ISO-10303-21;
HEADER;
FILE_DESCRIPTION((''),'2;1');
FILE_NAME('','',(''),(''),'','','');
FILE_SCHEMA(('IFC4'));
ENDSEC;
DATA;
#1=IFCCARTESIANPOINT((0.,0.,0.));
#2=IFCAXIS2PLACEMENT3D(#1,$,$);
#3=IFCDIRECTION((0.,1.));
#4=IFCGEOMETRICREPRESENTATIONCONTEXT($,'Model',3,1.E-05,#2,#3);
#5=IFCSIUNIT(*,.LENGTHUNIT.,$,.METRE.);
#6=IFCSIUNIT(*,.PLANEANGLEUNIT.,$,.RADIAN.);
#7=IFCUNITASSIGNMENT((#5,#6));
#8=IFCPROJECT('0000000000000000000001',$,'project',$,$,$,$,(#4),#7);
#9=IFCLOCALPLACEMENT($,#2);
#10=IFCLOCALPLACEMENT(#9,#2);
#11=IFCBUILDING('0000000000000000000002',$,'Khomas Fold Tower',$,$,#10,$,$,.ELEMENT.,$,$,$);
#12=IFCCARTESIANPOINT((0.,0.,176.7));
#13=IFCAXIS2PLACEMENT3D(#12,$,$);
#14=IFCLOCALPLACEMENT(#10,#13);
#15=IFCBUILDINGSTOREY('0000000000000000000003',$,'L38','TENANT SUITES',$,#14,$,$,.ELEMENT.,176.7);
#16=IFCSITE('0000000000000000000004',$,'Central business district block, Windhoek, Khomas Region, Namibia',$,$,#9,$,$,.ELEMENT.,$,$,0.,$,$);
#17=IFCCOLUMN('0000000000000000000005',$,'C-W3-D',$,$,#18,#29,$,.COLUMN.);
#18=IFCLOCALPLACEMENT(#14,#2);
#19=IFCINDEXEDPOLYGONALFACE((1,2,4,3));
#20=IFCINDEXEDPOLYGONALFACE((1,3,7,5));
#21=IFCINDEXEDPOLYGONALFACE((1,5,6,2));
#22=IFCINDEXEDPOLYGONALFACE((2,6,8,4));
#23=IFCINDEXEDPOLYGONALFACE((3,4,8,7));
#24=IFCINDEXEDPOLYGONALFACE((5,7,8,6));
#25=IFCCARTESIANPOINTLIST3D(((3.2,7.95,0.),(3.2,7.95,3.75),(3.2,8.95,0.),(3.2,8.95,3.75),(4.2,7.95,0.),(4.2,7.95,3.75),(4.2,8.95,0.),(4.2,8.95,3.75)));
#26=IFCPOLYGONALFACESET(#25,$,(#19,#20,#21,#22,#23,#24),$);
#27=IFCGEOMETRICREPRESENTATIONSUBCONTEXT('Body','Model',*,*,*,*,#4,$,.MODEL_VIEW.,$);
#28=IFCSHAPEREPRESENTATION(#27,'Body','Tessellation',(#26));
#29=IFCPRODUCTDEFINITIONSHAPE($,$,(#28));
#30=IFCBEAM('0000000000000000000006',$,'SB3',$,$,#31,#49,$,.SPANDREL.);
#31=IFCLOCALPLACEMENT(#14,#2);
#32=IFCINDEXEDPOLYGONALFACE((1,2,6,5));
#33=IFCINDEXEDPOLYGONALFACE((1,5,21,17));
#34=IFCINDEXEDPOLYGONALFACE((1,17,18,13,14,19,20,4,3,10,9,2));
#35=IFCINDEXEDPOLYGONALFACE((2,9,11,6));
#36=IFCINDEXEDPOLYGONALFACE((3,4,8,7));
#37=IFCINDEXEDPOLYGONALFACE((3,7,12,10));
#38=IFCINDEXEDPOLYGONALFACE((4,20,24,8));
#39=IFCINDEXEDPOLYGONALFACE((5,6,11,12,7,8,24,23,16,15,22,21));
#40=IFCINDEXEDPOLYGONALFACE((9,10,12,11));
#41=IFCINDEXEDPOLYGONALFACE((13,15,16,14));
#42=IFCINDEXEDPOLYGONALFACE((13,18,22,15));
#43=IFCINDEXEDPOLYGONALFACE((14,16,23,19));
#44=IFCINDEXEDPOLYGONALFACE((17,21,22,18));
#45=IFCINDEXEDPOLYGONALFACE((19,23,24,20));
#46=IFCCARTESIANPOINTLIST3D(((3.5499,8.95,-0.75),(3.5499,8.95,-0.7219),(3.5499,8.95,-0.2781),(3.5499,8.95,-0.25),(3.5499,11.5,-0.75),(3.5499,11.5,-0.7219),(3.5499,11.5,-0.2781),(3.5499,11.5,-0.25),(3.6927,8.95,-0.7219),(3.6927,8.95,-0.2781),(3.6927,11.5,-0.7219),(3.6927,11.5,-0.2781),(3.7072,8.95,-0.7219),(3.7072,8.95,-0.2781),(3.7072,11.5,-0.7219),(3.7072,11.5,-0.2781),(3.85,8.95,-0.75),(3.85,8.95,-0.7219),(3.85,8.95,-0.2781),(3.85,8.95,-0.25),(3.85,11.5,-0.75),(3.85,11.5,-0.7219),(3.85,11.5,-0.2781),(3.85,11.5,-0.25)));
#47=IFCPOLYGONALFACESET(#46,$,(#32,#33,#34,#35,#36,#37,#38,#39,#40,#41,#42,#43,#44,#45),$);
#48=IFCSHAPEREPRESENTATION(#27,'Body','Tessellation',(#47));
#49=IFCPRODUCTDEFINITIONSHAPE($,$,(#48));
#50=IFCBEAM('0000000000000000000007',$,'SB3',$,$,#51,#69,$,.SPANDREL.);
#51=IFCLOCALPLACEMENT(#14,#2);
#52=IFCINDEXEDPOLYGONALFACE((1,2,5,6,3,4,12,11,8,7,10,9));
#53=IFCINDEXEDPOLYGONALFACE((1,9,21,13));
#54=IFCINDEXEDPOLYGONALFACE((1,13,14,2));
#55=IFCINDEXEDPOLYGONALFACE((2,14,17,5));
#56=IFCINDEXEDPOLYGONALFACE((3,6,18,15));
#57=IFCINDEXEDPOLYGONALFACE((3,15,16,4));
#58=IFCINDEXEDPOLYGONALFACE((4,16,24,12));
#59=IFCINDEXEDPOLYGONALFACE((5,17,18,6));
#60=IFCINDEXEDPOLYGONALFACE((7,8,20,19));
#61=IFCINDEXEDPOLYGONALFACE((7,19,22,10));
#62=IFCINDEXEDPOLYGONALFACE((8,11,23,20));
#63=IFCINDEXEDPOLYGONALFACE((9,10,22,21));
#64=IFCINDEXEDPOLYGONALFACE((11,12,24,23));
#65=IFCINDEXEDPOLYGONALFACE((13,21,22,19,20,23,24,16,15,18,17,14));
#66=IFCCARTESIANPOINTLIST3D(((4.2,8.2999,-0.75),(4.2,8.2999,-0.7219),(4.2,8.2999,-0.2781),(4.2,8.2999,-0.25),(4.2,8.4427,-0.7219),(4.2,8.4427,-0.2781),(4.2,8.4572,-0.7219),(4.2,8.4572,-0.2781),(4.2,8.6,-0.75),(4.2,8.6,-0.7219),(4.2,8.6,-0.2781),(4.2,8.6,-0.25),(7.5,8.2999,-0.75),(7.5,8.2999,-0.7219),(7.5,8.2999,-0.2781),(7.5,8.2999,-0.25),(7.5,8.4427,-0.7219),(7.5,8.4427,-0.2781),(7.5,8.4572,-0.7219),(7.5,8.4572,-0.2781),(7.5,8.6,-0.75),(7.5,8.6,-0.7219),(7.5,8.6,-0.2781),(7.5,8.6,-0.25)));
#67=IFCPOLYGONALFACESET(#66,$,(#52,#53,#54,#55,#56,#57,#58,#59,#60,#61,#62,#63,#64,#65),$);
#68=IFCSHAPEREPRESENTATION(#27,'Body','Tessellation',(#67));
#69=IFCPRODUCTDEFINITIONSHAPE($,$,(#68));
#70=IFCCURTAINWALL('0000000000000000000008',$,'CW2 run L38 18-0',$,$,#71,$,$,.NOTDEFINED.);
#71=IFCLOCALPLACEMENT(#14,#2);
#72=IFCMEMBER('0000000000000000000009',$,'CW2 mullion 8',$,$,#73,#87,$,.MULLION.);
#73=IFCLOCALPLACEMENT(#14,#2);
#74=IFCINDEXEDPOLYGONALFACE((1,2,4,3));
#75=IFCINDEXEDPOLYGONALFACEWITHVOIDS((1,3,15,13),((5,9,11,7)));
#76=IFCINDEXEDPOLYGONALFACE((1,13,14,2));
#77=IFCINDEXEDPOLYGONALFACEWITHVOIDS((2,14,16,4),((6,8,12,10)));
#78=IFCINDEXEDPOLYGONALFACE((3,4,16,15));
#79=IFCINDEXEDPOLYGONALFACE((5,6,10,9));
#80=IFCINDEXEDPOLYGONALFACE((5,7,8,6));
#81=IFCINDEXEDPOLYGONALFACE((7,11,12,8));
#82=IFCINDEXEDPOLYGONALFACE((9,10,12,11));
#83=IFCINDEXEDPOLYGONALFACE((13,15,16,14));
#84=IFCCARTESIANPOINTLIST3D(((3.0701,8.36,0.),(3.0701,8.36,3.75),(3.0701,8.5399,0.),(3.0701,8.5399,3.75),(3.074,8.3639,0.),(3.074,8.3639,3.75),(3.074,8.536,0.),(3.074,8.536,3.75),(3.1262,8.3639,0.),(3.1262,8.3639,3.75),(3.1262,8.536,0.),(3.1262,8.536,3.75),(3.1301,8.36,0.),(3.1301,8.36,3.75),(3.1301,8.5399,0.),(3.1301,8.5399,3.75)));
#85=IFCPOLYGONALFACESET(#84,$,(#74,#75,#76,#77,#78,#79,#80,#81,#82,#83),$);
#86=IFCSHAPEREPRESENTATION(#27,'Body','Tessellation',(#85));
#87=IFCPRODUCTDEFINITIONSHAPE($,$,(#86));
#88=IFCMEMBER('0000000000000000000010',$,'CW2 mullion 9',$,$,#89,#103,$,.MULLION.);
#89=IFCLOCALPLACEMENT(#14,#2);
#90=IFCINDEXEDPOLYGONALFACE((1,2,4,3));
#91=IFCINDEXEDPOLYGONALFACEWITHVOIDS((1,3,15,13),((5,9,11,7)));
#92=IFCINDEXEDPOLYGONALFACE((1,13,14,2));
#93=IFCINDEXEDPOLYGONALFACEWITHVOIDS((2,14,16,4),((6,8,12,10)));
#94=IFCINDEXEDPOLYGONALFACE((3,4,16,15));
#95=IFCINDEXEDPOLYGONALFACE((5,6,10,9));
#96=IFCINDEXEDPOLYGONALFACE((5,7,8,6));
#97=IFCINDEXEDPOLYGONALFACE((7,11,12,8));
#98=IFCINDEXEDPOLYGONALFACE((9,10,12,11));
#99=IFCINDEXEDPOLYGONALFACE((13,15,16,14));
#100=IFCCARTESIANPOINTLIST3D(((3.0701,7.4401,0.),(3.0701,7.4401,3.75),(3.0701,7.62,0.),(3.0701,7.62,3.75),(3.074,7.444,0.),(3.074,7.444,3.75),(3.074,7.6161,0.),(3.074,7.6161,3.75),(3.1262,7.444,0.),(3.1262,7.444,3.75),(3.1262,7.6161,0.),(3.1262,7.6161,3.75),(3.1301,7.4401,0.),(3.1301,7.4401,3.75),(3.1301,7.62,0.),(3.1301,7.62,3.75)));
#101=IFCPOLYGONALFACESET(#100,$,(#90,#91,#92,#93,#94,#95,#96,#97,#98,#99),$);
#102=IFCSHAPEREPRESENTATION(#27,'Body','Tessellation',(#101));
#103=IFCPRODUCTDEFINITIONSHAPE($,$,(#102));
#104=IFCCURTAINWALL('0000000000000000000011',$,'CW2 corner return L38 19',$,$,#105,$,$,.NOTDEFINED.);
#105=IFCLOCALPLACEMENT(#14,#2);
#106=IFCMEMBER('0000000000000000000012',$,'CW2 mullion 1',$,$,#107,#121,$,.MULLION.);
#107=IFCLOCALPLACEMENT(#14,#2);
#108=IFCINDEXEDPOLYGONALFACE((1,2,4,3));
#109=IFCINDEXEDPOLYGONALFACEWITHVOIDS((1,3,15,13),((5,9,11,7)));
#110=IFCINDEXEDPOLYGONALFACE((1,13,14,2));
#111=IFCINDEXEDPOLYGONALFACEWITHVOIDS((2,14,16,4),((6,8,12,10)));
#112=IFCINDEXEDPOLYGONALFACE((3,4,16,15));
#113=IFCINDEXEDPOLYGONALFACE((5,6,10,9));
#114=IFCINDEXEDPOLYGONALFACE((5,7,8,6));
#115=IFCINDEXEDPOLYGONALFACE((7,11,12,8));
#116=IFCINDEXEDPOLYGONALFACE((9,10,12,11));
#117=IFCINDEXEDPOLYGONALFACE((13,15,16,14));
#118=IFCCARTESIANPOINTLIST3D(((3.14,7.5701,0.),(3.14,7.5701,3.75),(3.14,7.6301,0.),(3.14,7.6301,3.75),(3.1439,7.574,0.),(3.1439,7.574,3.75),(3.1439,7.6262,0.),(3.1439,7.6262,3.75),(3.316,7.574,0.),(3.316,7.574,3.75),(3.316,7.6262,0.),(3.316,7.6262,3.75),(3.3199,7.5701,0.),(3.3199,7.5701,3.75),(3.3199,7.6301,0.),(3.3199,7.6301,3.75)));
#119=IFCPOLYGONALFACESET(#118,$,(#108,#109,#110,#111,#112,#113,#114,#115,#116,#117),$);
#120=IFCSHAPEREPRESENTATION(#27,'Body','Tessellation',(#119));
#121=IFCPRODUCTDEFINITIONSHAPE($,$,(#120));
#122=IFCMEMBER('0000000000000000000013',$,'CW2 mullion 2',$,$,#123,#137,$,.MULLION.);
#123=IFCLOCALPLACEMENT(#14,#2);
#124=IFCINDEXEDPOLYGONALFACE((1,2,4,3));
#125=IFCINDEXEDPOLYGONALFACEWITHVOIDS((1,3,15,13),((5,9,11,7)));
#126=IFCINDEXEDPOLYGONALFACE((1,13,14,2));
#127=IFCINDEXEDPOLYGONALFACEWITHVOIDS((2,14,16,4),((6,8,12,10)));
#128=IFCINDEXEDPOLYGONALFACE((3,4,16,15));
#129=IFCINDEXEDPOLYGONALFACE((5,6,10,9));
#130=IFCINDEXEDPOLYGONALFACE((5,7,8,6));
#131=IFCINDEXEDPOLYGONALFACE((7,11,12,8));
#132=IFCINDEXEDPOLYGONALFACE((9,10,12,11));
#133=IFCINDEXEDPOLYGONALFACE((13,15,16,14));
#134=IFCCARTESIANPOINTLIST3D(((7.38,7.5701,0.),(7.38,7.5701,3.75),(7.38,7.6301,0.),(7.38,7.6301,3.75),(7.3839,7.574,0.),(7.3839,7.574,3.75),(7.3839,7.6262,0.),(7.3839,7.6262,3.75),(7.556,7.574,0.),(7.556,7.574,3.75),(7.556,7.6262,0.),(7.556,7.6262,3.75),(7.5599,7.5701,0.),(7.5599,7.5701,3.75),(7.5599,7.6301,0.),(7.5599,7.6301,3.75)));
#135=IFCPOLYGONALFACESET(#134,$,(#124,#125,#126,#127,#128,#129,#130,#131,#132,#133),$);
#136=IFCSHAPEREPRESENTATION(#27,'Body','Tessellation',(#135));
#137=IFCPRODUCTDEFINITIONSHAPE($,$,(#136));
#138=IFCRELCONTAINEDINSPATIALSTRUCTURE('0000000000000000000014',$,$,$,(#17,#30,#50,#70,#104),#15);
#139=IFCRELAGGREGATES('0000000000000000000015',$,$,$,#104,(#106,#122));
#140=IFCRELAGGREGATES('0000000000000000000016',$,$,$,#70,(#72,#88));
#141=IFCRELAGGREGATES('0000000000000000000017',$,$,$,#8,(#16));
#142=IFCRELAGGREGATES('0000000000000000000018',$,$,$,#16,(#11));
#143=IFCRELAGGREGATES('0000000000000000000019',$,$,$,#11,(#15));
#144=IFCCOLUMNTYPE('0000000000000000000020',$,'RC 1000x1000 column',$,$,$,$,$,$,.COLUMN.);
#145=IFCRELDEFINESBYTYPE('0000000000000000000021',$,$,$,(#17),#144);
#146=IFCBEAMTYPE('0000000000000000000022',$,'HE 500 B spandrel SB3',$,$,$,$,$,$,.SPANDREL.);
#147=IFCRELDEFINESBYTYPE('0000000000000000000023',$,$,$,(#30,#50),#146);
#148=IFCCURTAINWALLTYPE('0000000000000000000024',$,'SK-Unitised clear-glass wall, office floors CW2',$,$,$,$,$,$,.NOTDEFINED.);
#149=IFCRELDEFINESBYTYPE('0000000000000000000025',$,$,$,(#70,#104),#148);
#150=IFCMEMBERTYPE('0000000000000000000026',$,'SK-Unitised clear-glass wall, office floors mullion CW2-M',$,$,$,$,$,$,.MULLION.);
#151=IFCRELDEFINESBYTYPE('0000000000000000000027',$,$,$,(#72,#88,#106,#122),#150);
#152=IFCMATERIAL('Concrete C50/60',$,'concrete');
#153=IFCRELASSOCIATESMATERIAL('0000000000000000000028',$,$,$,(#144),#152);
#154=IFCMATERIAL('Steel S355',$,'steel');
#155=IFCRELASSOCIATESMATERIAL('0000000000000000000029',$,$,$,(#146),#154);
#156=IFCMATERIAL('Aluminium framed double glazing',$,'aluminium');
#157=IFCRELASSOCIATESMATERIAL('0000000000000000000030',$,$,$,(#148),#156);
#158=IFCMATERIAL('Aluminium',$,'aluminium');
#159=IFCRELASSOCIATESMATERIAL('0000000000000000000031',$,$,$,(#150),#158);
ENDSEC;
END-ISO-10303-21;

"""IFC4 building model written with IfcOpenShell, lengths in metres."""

from ifc_helpers import new_model, si_unit, direction, frame, origin, origin_2d, place, context, subcontext, project, spatial, rectangle, hollow_rectangle, i_section, extrude, source, transform, mapped, material, material_profile, profile_set, type_object, element, aggregate, save


model = new_model("IFC4")

# Units and contexts
model_context = context("Model", 3, precision=1e-05, world=origin(), true_north=direction((0.0, 1.0)))
body_context = subcontext(model_context, "Body", "Model", "MODEL_VIEW")
ifc_project = project(units=[si_unit("LENGTHUNIT", "METRE"), si_unit("PLANEANGLEUNIT", "RADIAN")], contexts=[model_context])

# Site, building, storey
site_placement = place(None, origin())
site = spatial("IfcSite", under=ifc_project, at=site_placement, Name="Central business district block, Windhoek, Khomas Region, Namibia", CompositionType="ELEMENT", RefElevation=0.0)
building_placement = place(site_placement, origin())
building = spatial("IfcBuilding", under=site, at=building_placement, Name="Khomas Fold Tower", CompositionType="ELEMENT")
storey_placement = place(building_placement, frame((0.0, 0.0, 176.7)))
storey = spatial("IfcBuildingStorey", under=building, at=storey_placement, Name="L38", Description="TENANT SUITES", CompositionType="ELEMENT", Elevation=176.7)

# Column
ifc_material_1 = material(Name="Concrete C50/60", Category="concrete")
ifc_material_profile_1 = material_profile(ifc_material_1, rectangle(XDim=1.0, YDim=1.0, at=origin_2d()), Name="RC 1000x1000")
ifc_profile_set_1 = profile_set([ifc_material_profile_1], Name="Concrete C50/60")
column_type = type_object("IfcColumnType", Name="RC 1000x1000 column", PredefinedType="COLUMN", material=ifc_profile_set_1)
shared_shape_1 = source(origin(), body_context, "Body", "SweptSolid", [
    extrude(rectangle(XDim=1.0, YDim=1.0, at=origin_2d()), origin(), (0.0, 0.0, 1.0), 3.75),
])
column_placement = place(storey_placement, frame((3.7, 8.45, 0.0), z_axis=(0.0, 0.0, 1.0), x_axis=(1.0, 0.0, 0.0)))
element("IfcColumn", 1, at=column_placement, inside=storey, type_object=column_type, Name="C-W3-D", PredefinedType="COLUMN", context=body_context, shape_type="MappedRepresentation", body=[
    mapped(shared_shape_1, transform((0.0, 0.0, 0.0))),
])

# Beams
ifc_material_2 = material(Name="Steel S355", Category="steel")
ifc_material_profile_2 = material_profile(ifc_material_2, i_section(OverallWidth=0.3, OverallDepth=0.5, WebThickness=0.0144, FlangeThickness=0.0281, at=origin_2d()), Name="HE 500 B")
ifc_profile_set_2 = profile_set([ifc_material_profile_2], Name="Steel S355")
beam_type = type_object("IfcBeamType", Name="HE 500 B spandrel SB3", PredefinedType="SPANDREL", material=ifc_profile_set_2)
shared_shape_2 = source(origin(), body_context, "Body", "SweptSolid", [
    extrude(i_section(OverallWidth=0.3, OverallDepth=0.5, WebThickness=0.0144, FlangeThickness=0.0281, at=origin_2d()), origin(), (0.0, 0.0, 1.0), 2.55),
])
beam_1_placement = place(storey_placement, frame((3.7, 8.95, -0.5), z_axis=(0.0, 1.0, 0.0), x_axis=(-1.0, 0.0, 0.0)))
element("IfcBeam", 2, at=beam_1_placement, inside=storey, type_object=beam_type, Name="SB3", PredefinedType="SPANDREL", context=body_context, shape_type="MappedRepresentation", body=[
    mapped(shared_shape_2, transform((0.0, 0.0, 0.0))),
])
shared_shape_3 = source(origin(), body_context, "Body", "SweptSolid", [
    extrude(i_section(OverallWidth=0.3, OverallDepth=0.5, WebThickness=0.0144, FlangeThickness=0.0281, at=origin_2d()), origin(), (0.0, 0.0, 1.0), 3.3),
])
beam_2_placement = place(storey_placement, frame((4.2, 8.45, -0.5), z_axis=(1.0, 0.0, 0.0), x_axis=(0.0, 1.0, 0.0)))
element("IfcBeam", 3, at=beam_2_placement, inside=storey, type_object=beam_type, Name="SB3", PredefinedType="SPANDREL", context=body_context, shape_type="MappedRepresentation", body=[
    mapped(shared_shape_3, transform((0.0, 0.0, 0.0))),
])

# Curtain walls, members
ifc_material_3 = material(Name="Aluminium framed double glazing", Category="aluminium")
curtain_wall_type = type_object("IfcCurtainWallType", Name="SK-Unitised clear-glass wall, office floors CW2", PredefinedType="NOTDEFINED", material=ifc_material_3)
curtain_wall_1_placement = place(storey_placement, origin())
curtain_wall_1 = element("IfcCurtainWall", 4, at=curtain_wall_1_placement, inside=storey, type_object=curtain_wall_type, Name="CW2 run L38 18-0", PredefinedType="NOTDEFINED")
ifc_material_4 = material(Name="Aluminium", Category="aluminium")
ifc_material_profile_3 = material_profile(ifc_material_4, hollow_rectangle(XDim=0.0601, YDim=0.1799, WallThickness=0.0039, at=origin_2d()), Name="SK-Unitised clear-glass wall, office floors mullion CW2-M")
ifc_profile_set_3 = profile_set([ifc_material_profile_3], Name="Aluminium")
member_type = type_object("IfcMemberType", Name="SK-Unitised clear-glass wall, office floors mullion CW2-M", PredefinedType="MULLION", material=ifc_profile_set_3)
shared_shape_4 = source(origin(), body_context, "Body", "SweptSolid", [
    extrude(hollow_rectangle(XDim=0.0601, YDim=0.1799, WallThickness=0.0039, at=origin_2d()), origin(), (0.0, 0.0, 1.0), 3.75),
])
member_1_placement = place(storey_placement, frame((3.1001, 8.45, 0.0), z_axis=(0.0, 0.0, 1.0), x_axis=(1.0, 0.0, 0.0)))
member_1 = element("IfcMember", 5, at=member_1_placement, type_object=member_type, Name="CW2 mullion 8", PredefinedType="MULLION", context=body_context, shape_type="MappedRepresentation", body=[
    mapped(shared_shape_4, transform((0.0, 0.0, 0.0))),
])
member_2_placement = place(storey_placement, frame((3.1001, 7.53, 0.0), z_axis=(0.0, 0.0, 1.0), x_axis=(1.0, 0.0, 0.0)))
member_2 = element("IfcMember", 6, at=member_2_placement, type_object=member_type, Name="CW2 mullion 9", PredefinedType="MULLION", context=body_context, shape_type="MappedRepresentation", body=[
    mapped(shared_shape_4, transform((0.0, 0.0, 0.0))),
])
curtain_wall_2_placement = place(storey_placement, origin())
curtain_wall_2 = element("IfcCurtainWall", 7, at=curtain_wall_2_placement, inside=storey, type_object=curtain_wall_type, Name="CW2 corner return L38 19", PredefinedType="NOTDEFINED")
member_3_placement = place(storey_placement, frame((3.23, 7.6001, 0.0), z_axis=(0.0, 0.0, 1.0), x_axis=(0.0, 1.0, 0.0)))
member_3 = element("IfcMember", 8, at=member_3_placement, type_object=member_type, Name="CW2 mullion 1", PredefinedType="MULLION", context=body_context, shape_type="MappedRepresentation", body=[
    mapped(shared_shape_4, transform((0.0, 0.0, 0.0))),
])
member_4_placement = place(storey_placement, frame((7.47, 7.6001, 0.0), z_axis=(0.0, 0.0, 1.0), x_axis=(0.0, 1.0, 0.0)))
member_4 = element("IfcMember", 9, at=member_4_placement, type_object=member_type, Name="CW2 mullion 2", PredefinedType="MULLION", context=body_context, shape_type="MappedRepresentation", body=[
    mapped(shared_shape_4, transform((0.0, 0.0, 0.0))),
])

aggregate(curtain_wall_2, [member_3, member_4])
aggregate(curtain_wall_1, [member_1, member_2])

save(model, "model.ifc")
